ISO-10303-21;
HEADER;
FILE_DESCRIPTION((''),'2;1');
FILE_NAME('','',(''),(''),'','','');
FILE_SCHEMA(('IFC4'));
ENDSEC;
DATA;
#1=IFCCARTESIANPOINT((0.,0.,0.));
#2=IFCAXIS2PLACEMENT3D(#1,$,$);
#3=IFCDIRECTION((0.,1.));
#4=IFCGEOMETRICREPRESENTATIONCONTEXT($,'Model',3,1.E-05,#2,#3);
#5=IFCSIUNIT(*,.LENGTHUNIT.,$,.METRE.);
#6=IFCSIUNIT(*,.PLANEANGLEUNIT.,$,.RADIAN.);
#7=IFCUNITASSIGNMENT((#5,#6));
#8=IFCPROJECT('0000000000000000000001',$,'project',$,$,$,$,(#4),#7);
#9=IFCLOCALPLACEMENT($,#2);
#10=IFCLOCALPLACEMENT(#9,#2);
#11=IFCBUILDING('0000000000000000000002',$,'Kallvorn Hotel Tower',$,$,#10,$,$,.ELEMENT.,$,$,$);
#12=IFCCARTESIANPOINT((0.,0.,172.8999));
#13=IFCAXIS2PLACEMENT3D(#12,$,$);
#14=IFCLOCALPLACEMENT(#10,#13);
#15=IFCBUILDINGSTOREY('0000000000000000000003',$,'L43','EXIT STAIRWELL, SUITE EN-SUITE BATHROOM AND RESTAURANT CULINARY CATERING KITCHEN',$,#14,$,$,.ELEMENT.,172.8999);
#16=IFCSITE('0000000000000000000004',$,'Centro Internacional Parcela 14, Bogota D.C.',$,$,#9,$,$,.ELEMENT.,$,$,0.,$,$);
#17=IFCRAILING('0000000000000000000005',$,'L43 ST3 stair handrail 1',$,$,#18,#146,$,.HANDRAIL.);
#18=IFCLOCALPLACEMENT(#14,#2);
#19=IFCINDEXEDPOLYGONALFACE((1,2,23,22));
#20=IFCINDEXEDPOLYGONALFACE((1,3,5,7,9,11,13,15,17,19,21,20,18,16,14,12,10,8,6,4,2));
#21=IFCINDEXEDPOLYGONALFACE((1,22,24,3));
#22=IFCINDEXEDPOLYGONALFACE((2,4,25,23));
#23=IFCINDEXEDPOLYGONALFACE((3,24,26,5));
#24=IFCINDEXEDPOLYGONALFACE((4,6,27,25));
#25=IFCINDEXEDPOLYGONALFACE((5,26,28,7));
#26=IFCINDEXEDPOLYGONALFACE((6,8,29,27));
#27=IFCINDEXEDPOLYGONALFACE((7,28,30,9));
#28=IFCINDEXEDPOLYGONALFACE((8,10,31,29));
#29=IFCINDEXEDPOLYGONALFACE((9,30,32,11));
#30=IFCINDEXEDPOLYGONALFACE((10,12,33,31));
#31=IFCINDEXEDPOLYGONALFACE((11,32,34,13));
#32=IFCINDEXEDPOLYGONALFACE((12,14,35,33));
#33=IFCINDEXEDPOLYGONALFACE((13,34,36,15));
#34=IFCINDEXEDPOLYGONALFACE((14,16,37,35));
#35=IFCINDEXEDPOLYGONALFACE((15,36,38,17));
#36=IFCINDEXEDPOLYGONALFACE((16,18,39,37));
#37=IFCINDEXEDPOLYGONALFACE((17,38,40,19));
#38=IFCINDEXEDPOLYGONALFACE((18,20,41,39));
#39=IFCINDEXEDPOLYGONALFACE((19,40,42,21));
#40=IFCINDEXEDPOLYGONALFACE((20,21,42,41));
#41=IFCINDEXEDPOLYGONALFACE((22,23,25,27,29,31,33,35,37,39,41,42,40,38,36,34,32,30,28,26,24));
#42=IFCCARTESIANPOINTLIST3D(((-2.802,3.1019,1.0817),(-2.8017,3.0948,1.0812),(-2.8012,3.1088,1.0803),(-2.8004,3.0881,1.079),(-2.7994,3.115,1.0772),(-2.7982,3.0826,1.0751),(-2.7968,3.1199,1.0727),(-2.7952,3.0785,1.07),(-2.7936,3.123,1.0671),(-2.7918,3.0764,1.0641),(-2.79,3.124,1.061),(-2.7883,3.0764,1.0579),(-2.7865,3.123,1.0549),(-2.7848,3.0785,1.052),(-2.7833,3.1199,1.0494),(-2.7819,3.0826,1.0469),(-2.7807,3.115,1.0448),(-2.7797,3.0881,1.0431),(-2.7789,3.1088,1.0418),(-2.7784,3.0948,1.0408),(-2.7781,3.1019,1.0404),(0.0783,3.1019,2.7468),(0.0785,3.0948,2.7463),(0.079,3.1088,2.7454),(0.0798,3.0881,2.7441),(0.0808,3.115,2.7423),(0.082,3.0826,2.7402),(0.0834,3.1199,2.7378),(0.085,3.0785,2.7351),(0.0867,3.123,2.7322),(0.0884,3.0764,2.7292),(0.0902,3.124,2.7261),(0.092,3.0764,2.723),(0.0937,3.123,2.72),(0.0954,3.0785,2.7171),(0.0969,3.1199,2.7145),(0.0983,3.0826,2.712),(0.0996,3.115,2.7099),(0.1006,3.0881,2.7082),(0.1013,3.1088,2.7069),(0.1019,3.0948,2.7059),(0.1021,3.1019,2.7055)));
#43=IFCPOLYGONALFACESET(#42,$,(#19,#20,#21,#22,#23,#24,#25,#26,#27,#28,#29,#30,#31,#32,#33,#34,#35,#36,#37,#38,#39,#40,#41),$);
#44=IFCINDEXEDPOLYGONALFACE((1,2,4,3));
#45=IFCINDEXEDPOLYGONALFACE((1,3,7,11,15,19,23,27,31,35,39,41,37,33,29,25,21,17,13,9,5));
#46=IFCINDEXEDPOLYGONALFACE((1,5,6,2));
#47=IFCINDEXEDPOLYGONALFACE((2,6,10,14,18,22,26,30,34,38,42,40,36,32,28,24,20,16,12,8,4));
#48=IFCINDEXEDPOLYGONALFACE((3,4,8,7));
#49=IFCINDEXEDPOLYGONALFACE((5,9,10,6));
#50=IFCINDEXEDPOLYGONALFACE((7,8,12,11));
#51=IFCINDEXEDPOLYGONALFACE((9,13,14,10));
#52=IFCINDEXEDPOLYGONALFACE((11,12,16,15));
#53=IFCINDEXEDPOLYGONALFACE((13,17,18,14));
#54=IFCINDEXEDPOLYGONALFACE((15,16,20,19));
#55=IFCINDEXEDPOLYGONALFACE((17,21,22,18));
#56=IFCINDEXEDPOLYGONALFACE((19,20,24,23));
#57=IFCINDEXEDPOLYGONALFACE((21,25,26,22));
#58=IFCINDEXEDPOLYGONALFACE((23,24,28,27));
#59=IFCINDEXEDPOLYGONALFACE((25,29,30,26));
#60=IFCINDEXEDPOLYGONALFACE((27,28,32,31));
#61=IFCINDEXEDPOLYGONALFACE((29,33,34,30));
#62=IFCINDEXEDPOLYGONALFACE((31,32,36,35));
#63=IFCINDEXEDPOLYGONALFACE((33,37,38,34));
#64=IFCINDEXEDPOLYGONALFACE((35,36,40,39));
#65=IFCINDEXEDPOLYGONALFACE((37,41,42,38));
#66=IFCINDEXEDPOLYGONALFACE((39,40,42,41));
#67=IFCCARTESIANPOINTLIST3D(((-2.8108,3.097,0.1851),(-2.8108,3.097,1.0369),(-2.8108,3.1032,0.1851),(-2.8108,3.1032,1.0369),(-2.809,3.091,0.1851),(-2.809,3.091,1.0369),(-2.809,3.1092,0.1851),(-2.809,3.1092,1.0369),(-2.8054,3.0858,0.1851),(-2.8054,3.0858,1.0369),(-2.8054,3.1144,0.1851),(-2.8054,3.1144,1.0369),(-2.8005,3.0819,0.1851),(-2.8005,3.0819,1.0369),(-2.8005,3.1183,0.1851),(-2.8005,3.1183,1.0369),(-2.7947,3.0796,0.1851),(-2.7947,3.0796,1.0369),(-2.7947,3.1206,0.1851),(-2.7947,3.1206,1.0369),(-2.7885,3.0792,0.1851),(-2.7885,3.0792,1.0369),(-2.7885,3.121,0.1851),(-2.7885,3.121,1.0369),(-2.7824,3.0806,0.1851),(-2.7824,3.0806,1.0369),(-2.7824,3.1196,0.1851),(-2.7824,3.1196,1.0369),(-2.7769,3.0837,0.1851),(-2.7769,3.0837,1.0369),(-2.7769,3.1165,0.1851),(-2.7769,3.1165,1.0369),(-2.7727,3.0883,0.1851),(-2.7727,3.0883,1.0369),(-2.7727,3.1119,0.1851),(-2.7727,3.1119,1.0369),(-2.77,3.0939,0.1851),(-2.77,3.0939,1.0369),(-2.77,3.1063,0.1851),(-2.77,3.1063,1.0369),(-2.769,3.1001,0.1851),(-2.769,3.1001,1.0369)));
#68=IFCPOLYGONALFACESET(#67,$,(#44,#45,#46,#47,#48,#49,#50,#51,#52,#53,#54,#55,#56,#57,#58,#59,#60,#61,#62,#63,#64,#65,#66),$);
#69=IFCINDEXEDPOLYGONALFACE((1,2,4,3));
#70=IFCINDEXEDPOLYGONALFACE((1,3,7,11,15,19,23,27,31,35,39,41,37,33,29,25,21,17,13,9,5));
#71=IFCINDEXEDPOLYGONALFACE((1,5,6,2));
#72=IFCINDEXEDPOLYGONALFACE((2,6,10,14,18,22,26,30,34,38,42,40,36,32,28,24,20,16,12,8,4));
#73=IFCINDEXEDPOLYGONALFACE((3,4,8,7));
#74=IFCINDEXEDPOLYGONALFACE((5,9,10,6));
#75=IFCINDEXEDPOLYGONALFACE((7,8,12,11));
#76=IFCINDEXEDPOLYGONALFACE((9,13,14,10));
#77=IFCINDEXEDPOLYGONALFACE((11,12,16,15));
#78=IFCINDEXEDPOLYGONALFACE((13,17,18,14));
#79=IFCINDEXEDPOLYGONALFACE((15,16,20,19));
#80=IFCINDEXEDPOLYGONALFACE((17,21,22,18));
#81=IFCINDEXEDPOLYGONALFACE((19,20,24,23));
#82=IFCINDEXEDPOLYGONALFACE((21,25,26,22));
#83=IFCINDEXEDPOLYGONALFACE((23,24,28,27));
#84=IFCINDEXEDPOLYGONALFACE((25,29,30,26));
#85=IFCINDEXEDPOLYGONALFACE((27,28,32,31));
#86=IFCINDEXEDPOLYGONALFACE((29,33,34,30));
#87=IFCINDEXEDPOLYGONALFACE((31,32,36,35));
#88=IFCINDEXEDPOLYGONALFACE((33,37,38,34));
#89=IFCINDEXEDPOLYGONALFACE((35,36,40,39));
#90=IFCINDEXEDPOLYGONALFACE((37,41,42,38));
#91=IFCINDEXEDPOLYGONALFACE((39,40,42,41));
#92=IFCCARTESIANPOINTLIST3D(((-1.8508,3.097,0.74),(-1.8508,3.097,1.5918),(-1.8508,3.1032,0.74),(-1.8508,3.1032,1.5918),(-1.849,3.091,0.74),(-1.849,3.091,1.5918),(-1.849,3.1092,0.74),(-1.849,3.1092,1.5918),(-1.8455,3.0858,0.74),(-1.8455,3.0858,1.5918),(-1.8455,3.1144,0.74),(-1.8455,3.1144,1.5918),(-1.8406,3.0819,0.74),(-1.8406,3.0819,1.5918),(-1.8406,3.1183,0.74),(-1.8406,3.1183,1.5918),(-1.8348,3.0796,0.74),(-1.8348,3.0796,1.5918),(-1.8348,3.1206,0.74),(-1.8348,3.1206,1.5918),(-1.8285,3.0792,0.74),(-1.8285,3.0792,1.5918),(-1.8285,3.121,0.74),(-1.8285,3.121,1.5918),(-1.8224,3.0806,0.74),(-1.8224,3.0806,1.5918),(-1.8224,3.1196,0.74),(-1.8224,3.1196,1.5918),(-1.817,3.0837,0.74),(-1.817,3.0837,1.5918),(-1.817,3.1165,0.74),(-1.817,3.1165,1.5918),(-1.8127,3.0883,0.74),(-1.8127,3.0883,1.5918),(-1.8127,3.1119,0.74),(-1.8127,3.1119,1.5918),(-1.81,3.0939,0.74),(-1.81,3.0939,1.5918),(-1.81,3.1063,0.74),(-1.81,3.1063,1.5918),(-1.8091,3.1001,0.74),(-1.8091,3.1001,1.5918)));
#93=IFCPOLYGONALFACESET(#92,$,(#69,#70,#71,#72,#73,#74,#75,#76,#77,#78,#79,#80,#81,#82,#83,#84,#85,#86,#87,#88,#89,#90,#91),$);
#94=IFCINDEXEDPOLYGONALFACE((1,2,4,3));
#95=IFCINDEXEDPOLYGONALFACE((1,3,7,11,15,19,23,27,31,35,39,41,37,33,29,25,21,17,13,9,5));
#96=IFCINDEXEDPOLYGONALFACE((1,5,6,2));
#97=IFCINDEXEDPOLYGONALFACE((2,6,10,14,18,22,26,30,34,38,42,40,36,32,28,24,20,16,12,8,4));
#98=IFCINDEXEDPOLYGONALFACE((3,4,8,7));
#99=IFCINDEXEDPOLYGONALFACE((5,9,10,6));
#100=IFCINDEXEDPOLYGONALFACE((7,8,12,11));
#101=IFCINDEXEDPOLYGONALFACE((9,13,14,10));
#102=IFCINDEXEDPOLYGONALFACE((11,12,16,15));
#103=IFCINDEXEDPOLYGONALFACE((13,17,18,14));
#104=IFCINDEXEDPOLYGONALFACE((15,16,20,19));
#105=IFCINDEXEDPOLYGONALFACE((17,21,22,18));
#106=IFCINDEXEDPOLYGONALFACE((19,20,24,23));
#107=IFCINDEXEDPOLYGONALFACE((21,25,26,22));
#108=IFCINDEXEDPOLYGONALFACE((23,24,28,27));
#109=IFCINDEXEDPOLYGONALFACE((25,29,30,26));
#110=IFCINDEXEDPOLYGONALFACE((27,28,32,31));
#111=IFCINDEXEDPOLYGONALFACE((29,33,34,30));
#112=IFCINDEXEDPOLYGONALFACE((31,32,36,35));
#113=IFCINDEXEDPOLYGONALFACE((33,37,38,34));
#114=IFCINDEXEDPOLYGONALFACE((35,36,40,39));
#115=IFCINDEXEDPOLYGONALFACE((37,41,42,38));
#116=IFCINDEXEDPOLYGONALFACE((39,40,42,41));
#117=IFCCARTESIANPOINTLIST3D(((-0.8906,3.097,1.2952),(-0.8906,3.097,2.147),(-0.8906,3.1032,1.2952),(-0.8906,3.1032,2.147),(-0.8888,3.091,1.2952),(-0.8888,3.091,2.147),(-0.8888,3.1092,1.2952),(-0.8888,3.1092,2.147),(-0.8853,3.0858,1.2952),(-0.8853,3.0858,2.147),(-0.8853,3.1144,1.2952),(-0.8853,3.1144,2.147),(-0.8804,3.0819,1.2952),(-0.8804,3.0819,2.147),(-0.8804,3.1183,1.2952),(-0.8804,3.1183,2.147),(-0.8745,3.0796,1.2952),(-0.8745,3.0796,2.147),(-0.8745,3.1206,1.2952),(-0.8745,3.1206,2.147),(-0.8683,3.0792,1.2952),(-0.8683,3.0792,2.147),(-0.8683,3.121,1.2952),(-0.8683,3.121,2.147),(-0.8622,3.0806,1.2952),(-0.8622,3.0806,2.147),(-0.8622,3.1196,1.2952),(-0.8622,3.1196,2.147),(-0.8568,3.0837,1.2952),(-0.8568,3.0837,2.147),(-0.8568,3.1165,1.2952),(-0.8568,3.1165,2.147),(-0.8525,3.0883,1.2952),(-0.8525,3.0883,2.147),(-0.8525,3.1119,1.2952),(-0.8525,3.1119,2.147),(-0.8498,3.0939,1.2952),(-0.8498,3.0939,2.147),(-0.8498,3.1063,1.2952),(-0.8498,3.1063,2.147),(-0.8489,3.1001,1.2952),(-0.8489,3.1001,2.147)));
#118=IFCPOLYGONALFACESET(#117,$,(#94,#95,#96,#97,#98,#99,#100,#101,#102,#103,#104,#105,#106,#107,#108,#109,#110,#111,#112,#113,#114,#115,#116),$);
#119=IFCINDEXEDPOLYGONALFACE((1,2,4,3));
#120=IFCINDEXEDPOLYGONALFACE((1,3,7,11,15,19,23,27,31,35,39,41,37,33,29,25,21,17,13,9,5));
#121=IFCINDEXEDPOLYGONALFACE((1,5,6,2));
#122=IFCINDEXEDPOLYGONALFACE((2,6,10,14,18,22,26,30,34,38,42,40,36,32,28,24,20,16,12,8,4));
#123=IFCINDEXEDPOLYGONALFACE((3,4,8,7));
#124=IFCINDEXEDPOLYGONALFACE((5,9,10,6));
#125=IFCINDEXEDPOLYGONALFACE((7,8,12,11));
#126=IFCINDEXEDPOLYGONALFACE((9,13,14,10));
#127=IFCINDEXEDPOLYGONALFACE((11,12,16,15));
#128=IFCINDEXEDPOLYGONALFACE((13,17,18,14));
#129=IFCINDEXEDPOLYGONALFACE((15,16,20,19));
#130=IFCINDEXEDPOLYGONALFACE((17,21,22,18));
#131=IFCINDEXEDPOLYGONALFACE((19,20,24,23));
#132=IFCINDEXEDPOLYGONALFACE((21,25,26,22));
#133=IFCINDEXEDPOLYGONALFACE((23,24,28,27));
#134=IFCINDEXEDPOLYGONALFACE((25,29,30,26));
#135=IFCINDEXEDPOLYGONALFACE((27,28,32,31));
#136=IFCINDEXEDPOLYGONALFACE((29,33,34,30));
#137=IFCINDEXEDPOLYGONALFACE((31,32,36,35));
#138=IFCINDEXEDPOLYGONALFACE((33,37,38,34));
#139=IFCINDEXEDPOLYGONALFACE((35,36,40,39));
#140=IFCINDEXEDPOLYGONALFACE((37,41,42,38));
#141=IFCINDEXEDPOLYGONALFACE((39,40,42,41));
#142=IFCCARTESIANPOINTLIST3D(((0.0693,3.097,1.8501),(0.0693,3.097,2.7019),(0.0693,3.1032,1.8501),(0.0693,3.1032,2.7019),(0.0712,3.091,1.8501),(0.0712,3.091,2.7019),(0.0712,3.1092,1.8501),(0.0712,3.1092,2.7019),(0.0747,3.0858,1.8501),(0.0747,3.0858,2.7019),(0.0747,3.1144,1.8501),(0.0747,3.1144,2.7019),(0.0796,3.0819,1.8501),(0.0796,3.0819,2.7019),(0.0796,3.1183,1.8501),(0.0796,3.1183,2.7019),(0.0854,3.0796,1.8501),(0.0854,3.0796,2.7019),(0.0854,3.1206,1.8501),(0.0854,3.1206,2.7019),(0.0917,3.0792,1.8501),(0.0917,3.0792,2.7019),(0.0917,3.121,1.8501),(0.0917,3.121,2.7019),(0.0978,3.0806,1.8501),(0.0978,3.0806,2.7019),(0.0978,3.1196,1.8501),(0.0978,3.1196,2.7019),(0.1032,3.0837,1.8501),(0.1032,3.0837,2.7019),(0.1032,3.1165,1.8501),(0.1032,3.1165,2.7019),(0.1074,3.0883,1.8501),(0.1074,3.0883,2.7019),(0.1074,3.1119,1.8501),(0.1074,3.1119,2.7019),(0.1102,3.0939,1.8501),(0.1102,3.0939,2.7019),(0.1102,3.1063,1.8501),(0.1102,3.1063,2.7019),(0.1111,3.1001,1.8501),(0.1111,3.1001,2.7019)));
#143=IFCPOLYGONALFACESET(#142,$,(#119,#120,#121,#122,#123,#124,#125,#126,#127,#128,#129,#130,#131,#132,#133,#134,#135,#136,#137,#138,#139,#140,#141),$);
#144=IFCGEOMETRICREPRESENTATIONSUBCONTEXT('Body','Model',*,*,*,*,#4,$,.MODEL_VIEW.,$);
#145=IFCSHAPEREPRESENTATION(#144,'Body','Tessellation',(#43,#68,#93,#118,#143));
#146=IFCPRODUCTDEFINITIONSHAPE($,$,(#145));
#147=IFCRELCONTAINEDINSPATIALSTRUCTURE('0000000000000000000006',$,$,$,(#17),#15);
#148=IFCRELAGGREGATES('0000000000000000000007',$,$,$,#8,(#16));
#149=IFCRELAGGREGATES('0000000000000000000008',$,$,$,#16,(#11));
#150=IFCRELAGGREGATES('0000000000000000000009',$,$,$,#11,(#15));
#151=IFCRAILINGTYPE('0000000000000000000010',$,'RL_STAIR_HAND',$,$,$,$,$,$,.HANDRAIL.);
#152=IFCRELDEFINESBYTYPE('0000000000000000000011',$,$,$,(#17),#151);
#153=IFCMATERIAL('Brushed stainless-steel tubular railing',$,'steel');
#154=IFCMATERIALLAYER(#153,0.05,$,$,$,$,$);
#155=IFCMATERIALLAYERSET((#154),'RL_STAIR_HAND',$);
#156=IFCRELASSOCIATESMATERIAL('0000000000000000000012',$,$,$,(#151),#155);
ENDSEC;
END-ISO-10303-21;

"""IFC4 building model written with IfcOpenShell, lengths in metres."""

from ifc_helpers import new_model, si_unit, direction, frame, origin, origin_2d, place, context, subcontext, project, spatial, circle, extrude, material, layer, layer_set, type_object, element, save


model = new_model("IFC4")

# Units and contexts
model_context = context("Model", 3, precision=1e-05, world=origin(), true_north=direction((0.0, 1.0)))
body_context = subcontext(model_context, "Body", "Model", "MODEL_VIEW")
ifc_project = project(units=[si_unit("LENGTHUNIT", "METRE"), si_unit("PLANEANGLEUNIT", "RADIAN")], contexts=[model_context])

# Site, building, storey
site_placement = place(None, origin())
site = spatial("IfcSite", under=ifc_project, at=site_placement, Name="Centro Internacional Parcela 14, Bogota D.C.", CompositionType="ELEMENT", RefElevation=0.0)
building_placement = place(site_placement, origin())
building = spatial("IfcBuilding", under=site, at=building_placement, Name="Kallvorn Hotel Tower", CompositionType="ELEMENT")
storey_placement = place(building_placement, frame((0.0, 0.0, 172.8999)))
storey = spatial("IfcBuildingStorey", under=building, at=storey_placement, Name="L43", Description="EXIT STAIRWELL, SUITE EN-SUITE BATHROOM AND RESTAURANT CULINARY CATERING KITCHEN", CompositionType="ELEMENT", Elevation=172.8999)

# Railing
ifc_material_1 = material(Name="Brushed stainless-steel tubular railing", Category="steel")
ifc_layer_1 = layer(ifc_material_1, 0.05)
ifc_layer_set_1 = layer_set([ifc_layer_1], Name="RL_STAIR_HAND")
railing_type_1 = type_object("IfcRailingType", Name="RL_STAIR_HAND", PredefinedType="HANDRAIL", material=ifc_layer_set_1)
railing_1_placement = place(storey_placement, frame((-2.79, 3.1001, 0.1851)))
element("IfcRailing", 1, at=railing_1_placement, inside=storey, type_object=railing_type_1, Name="L43 ST3 stair handrail 1", PredefinedType="HANDRAIL", context=body_context, shape_type="SweptSolid", body=[
    extrude(circle(Radius=0.0239, at=origin_2d()), frame((0.0, 0.0, 0.876), z_axis=(0.865739, 0.0, 0.500495), x_axis=(0.0, 1.0, 0.0)), (0.0, 0.0, 1.0), 3.3269),
    extrude(circle(Radius=0.021, at=origin_2d()), origin(), (0.0, 0.0, 1.0), 0.8518),
    extrude(circle(Radius=0.021, at=origin_2d()), frame((0.96, 0.0, 0.5549)), (0.0, 0.0, 1.0), 0.8518),
    extrude(circle(Radius=0.021, at=origin_2d()), frame((1.9202, 0.0, 1.1101)), (0.0, 0.0, 1.0), 0.8518),
    extrude(circle(Radius=0.021, at=origin_2d()), frame((2.8801, 0.0, 1.665)), (0.0, 0.0, 1.0), 0.8518),
])

save(model, "model.ifc")
